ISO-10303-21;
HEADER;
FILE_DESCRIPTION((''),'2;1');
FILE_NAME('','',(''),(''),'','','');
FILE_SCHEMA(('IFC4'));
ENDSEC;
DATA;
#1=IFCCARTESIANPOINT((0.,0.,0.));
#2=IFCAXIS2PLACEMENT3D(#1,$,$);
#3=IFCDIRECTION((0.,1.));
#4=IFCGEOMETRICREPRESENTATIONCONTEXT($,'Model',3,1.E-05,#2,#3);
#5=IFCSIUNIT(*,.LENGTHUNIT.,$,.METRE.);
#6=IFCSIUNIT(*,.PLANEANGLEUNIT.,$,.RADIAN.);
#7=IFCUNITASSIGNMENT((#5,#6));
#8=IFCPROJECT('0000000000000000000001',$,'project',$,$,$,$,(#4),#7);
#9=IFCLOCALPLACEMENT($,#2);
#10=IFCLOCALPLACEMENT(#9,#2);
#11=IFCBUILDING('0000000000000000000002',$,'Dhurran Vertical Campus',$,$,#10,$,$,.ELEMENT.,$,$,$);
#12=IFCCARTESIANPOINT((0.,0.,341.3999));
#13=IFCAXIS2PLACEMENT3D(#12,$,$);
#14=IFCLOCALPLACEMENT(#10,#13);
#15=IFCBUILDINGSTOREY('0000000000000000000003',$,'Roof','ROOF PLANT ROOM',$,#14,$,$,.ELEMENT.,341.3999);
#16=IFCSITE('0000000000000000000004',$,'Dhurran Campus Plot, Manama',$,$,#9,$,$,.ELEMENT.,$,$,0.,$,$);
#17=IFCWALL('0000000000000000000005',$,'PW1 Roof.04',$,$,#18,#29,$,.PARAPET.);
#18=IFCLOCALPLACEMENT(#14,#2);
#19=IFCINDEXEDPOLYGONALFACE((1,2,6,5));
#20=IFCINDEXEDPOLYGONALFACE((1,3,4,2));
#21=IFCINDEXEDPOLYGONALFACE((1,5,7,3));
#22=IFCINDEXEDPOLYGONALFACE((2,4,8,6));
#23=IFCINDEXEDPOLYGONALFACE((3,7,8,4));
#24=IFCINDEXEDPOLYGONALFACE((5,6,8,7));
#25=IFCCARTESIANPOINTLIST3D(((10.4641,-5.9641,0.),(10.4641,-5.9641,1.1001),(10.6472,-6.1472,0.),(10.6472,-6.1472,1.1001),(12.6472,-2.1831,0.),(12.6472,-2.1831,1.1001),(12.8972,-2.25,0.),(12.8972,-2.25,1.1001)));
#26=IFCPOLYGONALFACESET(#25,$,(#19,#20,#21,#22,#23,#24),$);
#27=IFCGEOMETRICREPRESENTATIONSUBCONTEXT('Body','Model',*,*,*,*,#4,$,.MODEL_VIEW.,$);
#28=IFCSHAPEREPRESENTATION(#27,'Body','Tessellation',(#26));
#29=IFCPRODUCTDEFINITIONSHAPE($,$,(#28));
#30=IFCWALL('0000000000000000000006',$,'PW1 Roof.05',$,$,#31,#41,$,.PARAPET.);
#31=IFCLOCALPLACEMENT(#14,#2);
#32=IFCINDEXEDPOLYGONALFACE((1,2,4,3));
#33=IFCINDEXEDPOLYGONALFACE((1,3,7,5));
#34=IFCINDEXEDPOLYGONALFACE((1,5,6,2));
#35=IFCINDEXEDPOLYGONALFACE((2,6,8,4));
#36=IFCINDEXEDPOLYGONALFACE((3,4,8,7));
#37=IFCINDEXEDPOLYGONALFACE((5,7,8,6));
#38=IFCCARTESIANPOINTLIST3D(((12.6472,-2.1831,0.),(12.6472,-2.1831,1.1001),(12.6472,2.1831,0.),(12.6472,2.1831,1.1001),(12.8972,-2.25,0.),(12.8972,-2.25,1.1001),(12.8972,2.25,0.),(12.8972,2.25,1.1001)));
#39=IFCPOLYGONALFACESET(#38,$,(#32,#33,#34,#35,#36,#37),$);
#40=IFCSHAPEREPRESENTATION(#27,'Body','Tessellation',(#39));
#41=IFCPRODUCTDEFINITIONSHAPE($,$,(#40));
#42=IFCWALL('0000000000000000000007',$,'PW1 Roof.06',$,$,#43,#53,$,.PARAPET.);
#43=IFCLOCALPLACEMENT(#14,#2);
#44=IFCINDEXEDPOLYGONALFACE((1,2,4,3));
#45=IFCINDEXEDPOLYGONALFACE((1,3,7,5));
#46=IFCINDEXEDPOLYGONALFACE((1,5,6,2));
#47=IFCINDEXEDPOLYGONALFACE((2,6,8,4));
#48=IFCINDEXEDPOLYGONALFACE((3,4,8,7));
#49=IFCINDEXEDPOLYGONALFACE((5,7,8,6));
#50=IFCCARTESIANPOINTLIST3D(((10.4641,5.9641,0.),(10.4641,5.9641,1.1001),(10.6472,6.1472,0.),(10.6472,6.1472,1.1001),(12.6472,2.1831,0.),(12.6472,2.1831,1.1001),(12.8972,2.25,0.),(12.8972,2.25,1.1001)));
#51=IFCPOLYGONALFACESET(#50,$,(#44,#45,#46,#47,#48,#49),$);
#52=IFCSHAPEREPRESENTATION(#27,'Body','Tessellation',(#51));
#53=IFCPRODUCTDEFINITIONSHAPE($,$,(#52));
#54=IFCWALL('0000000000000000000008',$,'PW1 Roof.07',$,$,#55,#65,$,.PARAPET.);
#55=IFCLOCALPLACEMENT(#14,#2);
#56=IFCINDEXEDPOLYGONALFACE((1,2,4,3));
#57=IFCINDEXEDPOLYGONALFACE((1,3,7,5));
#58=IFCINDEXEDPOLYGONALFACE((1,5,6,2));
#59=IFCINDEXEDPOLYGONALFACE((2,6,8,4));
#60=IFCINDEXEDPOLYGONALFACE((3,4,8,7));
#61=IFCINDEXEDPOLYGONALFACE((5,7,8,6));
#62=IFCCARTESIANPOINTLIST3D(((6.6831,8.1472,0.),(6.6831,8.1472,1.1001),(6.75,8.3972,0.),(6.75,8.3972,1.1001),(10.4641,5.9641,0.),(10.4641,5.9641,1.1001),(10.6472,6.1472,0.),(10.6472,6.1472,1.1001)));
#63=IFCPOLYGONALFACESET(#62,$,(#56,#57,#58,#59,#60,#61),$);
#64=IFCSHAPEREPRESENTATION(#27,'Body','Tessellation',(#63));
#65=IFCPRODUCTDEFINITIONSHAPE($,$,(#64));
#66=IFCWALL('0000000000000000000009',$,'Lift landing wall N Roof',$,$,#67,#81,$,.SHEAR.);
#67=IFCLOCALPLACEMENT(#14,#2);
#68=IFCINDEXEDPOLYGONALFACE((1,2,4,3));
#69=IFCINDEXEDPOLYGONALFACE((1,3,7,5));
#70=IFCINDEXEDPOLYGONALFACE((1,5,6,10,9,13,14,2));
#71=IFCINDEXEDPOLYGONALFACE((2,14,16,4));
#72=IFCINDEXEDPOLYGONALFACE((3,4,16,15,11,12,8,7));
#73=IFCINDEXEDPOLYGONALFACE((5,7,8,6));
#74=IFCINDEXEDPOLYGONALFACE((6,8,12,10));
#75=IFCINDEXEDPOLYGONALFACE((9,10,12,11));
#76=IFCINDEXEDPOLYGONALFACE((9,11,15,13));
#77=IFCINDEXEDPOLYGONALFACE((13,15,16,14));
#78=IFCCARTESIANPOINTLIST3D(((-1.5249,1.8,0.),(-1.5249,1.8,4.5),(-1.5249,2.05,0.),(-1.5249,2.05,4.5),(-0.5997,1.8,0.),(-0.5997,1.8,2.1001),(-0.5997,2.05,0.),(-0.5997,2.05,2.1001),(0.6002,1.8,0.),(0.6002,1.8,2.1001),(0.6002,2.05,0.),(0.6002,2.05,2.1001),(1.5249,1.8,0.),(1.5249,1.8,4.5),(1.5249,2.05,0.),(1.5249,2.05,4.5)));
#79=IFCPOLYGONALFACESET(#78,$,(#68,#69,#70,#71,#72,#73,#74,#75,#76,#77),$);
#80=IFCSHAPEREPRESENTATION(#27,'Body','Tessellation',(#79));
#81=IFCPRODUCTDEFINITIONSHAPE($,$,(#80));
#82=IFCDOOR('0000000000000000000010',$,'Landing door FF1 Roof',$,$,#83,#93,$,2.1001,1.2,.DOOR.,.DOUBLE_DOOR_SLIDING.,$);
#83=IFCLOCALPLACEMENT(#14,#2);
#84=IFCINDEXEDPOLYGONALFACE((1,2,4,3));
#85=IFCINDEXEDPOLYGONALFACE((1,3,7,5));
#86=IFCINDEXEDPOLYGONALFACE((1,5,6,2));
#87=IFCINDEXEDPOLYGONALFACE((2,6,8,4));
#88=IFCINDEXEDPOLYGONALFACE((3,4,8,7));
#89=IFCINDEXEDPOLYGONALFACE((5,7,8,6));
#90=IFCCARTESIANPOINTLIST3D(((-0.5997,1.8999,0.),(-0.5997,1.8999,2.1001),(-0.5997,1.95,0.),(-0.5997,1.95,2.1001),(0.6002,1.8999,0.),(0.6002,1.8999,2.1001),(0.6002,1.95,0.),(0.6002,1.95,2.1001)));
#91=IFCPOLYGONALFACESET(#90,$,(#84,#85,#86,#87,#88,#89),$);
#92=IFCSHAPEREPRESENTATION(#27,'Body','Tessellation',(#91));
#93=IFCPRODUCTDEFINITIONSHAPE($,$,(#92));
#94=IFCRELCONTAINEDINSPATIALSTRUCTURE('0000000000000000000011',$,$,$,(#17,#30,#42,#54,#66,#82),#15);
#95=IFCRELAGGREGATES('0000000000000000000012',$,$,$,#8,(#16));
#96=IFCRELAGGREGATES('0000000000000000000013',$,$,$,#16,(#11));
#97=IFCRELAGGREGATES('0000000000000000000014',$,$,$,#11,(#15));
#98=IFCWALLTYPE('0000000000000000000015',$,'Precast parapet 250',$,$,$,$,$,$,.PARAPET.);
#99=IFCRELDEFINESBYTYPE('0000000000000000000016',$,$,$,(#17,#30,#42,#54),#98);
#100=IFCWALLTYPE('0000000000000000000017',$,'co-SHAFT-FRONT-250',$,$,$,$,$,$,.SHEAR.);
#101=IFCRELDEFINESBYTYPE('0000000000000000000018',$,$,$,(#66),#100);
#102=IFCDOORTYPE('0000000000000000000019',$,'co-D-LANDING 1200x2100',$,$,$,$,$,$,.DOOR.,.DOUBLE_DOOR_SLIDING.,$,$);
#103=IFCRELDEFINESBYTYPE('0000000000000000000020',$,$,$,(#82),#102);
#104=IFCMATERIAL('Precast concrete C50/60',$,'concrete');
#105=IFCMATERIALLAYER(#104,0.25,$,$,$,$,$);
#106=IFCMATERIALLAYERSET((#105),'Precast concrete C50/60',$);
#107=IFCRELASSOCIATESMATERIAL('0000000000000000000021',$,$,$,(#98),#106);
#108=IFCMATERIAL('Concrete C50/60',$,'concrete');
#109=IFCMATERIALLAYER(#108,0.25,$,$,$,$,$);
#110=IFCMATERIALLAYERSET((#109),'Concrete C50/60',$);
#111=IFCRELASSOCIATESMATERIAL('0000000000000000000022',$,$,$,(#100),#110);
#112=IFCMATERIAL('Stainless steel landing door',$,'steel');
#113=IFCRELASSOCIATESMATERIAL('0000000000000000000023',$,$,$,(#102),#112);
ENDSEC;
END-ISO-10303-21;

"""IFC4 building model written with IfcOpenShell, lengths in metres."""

from ifc_helpers import new_model, si_unit, direction, frame, frame_2d, origin, place, context, subcontext, project, spatial, polyline, rectangle, outline, extrude, material, layer, layer_set, type_object, element, fill, save


model = new_model("IFC4")

# Units and contexts
model_context = context("Model", 3, precision=1e-05, world=origin(), true_north=direction((0.0, 1.0)))
body_context = subcontext(model_context, "Body", "Model", "MODEL_VIEW")
ifc_project = project(units=[si_unit("LENGTHUNIT", "METRE"), si_unit("PLANEANGLEUNIT", "RADIAN")], contexts=[model_context])

# Site, building, storey
site_placement = place(None, origin())
site = spatial("IfcSite", under=ifc_project, at=site_placement, Name="Dhurran Campus Plot, Manama", CompositionType="ELEMENT", RefElevation=0.0)
building_placement = place(site_placement, origin())
building = spatial("IfcBuilding", under=site, at=building_placement, Name="Dhurran Vertical Campus", CompositionType="ELEMENT")
storey_placement = place(building_placement, frame((0.0, 0.0, 341.3999)))
storey = spatial("IfcBuildingStorey", under=building, at=storey_placement, Name="Roof", Description="ROOF PLANT ROOM", CompositionType="ELEMENT", Elevation=341.3999)

# Walls
ifc_material_1 = material(Name="Precast concrete C50/60", Category="concrete")
ifc_layer_1 = layer(ifc_material_1, 0.25)
ifc_layer_set_1 = layer_set([ifc_layer_1], Name="Precast concrete C50/60")
wall_type_1 = type_object("IfcWallType", Name="Precast parapet 250", PredefinedType="PARAPET", material=ifc_layer_set_1)
wall_1_placement = place(storey_placement, origin())
element("IfcWall", 1, at=wall_1_placement, inside=storey, type_object=wall_type_1, Name="PW1 Roof.04", PredefinedType="PARAPET", context=body_context, shape_type="SweptSolid", body=[
    extrude(outline(polyline([(10.6472, -6.1472), (12.8972, -2.25), (12.6472, -2.1831), (10.4641, -5.9641), (10.6472, -6.1472)])), origin(), (0.0, 0.0, 1.0), 1.1001),
])
wall_2_placement = place(storey_placement, origin())
element("IfcWall", 2, at=wall_2_placement, inside=storey, type_object=wall_type_1, Name="PW1 Roof.05", PredefinedType="PARAPET", context=body_context, shape_type="SweptSolid", body=[
    extrude(outline(polyline([(12.8972, -2.25), (12.8972, 2.25), (12.6472, 2.1831), (12.6472, -2.1831), (12.8972, -2.25)])), origin(), (0.0, 0.0, 1.0), 1.1001),
])
wall_3_placement = place(storey_placement, origin())
element("IfcWall", 3, at=wall_3_placement, inside=storey, type_object=wall_type_1, Name="PW1 Roof.06", PredefinedType="PARAPET", context=body_context, shape_type="SweptSolid", body=[
    extrude(outline(polyline([(12.8972, 2.25), (10.6472, 6.1472), (10.4641, 5.9641), (12.6472, 2.1831), (12.8972, 2.25)])), origin(), (0.0, 0.0, 1.0), 1.1001),
])
wall_4_placement = place(storey_placement, origin())
element("IfcWall", 4, at=wall_4_placement, inside=storey, type_object=wall_type_1, Name="PW1 Roof.07", PredefinedType="PARAPET", context=body_context, shape_type="SweptSolid", body=[
    extrude(outline(polyline([(10.6472, 6.1472), (6.75, 8.3972), (6.6831, 8.1472), (10.4641, 5.9641), (10.6472, 6.1472)])), origin(), (0.0, 0.0, 1.0), 1.1001),
])

# Wall, opening, door
ifc_material_2 = material(Name="Concrete C50/60", Category="concrete")
ifc_layer_2 = layer(ifc_material_2, 0.25)
ifc_layer_set_2 = layer_set([ifc_layer_2], Name="Concrete C50/60")
wall_type_2 = type_object("IfcWallType", Name="co-SHAFT-FRONT-250", PredefinedType="SHEAR", material=ifc_layer_set_2)
wall_5_placement = place(storey_placement, frame((-1.5249, 1.925, 0.0), z_axis=(0.0, 0.0, 1.0), x_axis=(1.0, 0.0, 0.0)))
wall_5 = element("IfcWall", 5, at=wall_5_placement, inside=storey, type_object=wall_type_2, Name="Lift landing wall N Roof", PredefinedType="SHEAR", context=body_context, shape_type="SweptSolid", body=[
    extrude(rectangle(XDim=3.0498, YDim=0.25, at=frame_2d((1.5249, 0.0))), origin(), (0.0, 0.0, 1.0), 4.5),
])
opening_1_placement = place(wall_5_placement, frame((0.925, 0.0, 0.0)))
opening_1 = element("IfcOpeningElement", 6, at=opening_1_placement, cuts=wall_5, PredefinedType="OPENING", context=body_context, shape_type="SweptSolid", body=[
    extrude(rectangle(XDim=1.2, YDim=2.1001, at=frame_2d((0.6001, 1.05))), frame((0.0, 0.135, 0.0), z_axis=(0.0, -1.0, 0.0), x_axis=(1.0, 0.0, 0.0)), (0.0, 0.0, 1.0), 0.27),
])
ifc_material_3 = material(Name="Stainless steel landing door", Category="steel")
door_type = type_object("IfcDoorType", Name="co-D-LANDING 1200x2100", OperationType="DOUBLE_DOOR_SLIDING", PredefinedType="DOOR", material=ifc_material_3)
door_placement = place(opening_1_placement, origin())
door = element("IfcDoor", 7, at=door_placement, inside=storey, type_object=door_type, Name="Landing door FF1 Roof", OperationType="DOUBLE_DOOR_SLIDING", OverallHeight=2.1001, OverallWidth=1.2, PredefinedType="DOOR", context=body_context, shape_type="SweptSolid", body=[
    extrude(rectangle(XDim=1.2, YDim=2.1001, at=frame_2d((0.6001, 1.05))), frame((0.0, 0.0249, 0.0), z_axis=(0.0, -1.0, 0.0), x_axis=(1.0, 0.0, 0.0)), (0.0, 0.0, 1.0), 0.05),
])
fill(opening_1, door)

save(model, "model.ifc")
